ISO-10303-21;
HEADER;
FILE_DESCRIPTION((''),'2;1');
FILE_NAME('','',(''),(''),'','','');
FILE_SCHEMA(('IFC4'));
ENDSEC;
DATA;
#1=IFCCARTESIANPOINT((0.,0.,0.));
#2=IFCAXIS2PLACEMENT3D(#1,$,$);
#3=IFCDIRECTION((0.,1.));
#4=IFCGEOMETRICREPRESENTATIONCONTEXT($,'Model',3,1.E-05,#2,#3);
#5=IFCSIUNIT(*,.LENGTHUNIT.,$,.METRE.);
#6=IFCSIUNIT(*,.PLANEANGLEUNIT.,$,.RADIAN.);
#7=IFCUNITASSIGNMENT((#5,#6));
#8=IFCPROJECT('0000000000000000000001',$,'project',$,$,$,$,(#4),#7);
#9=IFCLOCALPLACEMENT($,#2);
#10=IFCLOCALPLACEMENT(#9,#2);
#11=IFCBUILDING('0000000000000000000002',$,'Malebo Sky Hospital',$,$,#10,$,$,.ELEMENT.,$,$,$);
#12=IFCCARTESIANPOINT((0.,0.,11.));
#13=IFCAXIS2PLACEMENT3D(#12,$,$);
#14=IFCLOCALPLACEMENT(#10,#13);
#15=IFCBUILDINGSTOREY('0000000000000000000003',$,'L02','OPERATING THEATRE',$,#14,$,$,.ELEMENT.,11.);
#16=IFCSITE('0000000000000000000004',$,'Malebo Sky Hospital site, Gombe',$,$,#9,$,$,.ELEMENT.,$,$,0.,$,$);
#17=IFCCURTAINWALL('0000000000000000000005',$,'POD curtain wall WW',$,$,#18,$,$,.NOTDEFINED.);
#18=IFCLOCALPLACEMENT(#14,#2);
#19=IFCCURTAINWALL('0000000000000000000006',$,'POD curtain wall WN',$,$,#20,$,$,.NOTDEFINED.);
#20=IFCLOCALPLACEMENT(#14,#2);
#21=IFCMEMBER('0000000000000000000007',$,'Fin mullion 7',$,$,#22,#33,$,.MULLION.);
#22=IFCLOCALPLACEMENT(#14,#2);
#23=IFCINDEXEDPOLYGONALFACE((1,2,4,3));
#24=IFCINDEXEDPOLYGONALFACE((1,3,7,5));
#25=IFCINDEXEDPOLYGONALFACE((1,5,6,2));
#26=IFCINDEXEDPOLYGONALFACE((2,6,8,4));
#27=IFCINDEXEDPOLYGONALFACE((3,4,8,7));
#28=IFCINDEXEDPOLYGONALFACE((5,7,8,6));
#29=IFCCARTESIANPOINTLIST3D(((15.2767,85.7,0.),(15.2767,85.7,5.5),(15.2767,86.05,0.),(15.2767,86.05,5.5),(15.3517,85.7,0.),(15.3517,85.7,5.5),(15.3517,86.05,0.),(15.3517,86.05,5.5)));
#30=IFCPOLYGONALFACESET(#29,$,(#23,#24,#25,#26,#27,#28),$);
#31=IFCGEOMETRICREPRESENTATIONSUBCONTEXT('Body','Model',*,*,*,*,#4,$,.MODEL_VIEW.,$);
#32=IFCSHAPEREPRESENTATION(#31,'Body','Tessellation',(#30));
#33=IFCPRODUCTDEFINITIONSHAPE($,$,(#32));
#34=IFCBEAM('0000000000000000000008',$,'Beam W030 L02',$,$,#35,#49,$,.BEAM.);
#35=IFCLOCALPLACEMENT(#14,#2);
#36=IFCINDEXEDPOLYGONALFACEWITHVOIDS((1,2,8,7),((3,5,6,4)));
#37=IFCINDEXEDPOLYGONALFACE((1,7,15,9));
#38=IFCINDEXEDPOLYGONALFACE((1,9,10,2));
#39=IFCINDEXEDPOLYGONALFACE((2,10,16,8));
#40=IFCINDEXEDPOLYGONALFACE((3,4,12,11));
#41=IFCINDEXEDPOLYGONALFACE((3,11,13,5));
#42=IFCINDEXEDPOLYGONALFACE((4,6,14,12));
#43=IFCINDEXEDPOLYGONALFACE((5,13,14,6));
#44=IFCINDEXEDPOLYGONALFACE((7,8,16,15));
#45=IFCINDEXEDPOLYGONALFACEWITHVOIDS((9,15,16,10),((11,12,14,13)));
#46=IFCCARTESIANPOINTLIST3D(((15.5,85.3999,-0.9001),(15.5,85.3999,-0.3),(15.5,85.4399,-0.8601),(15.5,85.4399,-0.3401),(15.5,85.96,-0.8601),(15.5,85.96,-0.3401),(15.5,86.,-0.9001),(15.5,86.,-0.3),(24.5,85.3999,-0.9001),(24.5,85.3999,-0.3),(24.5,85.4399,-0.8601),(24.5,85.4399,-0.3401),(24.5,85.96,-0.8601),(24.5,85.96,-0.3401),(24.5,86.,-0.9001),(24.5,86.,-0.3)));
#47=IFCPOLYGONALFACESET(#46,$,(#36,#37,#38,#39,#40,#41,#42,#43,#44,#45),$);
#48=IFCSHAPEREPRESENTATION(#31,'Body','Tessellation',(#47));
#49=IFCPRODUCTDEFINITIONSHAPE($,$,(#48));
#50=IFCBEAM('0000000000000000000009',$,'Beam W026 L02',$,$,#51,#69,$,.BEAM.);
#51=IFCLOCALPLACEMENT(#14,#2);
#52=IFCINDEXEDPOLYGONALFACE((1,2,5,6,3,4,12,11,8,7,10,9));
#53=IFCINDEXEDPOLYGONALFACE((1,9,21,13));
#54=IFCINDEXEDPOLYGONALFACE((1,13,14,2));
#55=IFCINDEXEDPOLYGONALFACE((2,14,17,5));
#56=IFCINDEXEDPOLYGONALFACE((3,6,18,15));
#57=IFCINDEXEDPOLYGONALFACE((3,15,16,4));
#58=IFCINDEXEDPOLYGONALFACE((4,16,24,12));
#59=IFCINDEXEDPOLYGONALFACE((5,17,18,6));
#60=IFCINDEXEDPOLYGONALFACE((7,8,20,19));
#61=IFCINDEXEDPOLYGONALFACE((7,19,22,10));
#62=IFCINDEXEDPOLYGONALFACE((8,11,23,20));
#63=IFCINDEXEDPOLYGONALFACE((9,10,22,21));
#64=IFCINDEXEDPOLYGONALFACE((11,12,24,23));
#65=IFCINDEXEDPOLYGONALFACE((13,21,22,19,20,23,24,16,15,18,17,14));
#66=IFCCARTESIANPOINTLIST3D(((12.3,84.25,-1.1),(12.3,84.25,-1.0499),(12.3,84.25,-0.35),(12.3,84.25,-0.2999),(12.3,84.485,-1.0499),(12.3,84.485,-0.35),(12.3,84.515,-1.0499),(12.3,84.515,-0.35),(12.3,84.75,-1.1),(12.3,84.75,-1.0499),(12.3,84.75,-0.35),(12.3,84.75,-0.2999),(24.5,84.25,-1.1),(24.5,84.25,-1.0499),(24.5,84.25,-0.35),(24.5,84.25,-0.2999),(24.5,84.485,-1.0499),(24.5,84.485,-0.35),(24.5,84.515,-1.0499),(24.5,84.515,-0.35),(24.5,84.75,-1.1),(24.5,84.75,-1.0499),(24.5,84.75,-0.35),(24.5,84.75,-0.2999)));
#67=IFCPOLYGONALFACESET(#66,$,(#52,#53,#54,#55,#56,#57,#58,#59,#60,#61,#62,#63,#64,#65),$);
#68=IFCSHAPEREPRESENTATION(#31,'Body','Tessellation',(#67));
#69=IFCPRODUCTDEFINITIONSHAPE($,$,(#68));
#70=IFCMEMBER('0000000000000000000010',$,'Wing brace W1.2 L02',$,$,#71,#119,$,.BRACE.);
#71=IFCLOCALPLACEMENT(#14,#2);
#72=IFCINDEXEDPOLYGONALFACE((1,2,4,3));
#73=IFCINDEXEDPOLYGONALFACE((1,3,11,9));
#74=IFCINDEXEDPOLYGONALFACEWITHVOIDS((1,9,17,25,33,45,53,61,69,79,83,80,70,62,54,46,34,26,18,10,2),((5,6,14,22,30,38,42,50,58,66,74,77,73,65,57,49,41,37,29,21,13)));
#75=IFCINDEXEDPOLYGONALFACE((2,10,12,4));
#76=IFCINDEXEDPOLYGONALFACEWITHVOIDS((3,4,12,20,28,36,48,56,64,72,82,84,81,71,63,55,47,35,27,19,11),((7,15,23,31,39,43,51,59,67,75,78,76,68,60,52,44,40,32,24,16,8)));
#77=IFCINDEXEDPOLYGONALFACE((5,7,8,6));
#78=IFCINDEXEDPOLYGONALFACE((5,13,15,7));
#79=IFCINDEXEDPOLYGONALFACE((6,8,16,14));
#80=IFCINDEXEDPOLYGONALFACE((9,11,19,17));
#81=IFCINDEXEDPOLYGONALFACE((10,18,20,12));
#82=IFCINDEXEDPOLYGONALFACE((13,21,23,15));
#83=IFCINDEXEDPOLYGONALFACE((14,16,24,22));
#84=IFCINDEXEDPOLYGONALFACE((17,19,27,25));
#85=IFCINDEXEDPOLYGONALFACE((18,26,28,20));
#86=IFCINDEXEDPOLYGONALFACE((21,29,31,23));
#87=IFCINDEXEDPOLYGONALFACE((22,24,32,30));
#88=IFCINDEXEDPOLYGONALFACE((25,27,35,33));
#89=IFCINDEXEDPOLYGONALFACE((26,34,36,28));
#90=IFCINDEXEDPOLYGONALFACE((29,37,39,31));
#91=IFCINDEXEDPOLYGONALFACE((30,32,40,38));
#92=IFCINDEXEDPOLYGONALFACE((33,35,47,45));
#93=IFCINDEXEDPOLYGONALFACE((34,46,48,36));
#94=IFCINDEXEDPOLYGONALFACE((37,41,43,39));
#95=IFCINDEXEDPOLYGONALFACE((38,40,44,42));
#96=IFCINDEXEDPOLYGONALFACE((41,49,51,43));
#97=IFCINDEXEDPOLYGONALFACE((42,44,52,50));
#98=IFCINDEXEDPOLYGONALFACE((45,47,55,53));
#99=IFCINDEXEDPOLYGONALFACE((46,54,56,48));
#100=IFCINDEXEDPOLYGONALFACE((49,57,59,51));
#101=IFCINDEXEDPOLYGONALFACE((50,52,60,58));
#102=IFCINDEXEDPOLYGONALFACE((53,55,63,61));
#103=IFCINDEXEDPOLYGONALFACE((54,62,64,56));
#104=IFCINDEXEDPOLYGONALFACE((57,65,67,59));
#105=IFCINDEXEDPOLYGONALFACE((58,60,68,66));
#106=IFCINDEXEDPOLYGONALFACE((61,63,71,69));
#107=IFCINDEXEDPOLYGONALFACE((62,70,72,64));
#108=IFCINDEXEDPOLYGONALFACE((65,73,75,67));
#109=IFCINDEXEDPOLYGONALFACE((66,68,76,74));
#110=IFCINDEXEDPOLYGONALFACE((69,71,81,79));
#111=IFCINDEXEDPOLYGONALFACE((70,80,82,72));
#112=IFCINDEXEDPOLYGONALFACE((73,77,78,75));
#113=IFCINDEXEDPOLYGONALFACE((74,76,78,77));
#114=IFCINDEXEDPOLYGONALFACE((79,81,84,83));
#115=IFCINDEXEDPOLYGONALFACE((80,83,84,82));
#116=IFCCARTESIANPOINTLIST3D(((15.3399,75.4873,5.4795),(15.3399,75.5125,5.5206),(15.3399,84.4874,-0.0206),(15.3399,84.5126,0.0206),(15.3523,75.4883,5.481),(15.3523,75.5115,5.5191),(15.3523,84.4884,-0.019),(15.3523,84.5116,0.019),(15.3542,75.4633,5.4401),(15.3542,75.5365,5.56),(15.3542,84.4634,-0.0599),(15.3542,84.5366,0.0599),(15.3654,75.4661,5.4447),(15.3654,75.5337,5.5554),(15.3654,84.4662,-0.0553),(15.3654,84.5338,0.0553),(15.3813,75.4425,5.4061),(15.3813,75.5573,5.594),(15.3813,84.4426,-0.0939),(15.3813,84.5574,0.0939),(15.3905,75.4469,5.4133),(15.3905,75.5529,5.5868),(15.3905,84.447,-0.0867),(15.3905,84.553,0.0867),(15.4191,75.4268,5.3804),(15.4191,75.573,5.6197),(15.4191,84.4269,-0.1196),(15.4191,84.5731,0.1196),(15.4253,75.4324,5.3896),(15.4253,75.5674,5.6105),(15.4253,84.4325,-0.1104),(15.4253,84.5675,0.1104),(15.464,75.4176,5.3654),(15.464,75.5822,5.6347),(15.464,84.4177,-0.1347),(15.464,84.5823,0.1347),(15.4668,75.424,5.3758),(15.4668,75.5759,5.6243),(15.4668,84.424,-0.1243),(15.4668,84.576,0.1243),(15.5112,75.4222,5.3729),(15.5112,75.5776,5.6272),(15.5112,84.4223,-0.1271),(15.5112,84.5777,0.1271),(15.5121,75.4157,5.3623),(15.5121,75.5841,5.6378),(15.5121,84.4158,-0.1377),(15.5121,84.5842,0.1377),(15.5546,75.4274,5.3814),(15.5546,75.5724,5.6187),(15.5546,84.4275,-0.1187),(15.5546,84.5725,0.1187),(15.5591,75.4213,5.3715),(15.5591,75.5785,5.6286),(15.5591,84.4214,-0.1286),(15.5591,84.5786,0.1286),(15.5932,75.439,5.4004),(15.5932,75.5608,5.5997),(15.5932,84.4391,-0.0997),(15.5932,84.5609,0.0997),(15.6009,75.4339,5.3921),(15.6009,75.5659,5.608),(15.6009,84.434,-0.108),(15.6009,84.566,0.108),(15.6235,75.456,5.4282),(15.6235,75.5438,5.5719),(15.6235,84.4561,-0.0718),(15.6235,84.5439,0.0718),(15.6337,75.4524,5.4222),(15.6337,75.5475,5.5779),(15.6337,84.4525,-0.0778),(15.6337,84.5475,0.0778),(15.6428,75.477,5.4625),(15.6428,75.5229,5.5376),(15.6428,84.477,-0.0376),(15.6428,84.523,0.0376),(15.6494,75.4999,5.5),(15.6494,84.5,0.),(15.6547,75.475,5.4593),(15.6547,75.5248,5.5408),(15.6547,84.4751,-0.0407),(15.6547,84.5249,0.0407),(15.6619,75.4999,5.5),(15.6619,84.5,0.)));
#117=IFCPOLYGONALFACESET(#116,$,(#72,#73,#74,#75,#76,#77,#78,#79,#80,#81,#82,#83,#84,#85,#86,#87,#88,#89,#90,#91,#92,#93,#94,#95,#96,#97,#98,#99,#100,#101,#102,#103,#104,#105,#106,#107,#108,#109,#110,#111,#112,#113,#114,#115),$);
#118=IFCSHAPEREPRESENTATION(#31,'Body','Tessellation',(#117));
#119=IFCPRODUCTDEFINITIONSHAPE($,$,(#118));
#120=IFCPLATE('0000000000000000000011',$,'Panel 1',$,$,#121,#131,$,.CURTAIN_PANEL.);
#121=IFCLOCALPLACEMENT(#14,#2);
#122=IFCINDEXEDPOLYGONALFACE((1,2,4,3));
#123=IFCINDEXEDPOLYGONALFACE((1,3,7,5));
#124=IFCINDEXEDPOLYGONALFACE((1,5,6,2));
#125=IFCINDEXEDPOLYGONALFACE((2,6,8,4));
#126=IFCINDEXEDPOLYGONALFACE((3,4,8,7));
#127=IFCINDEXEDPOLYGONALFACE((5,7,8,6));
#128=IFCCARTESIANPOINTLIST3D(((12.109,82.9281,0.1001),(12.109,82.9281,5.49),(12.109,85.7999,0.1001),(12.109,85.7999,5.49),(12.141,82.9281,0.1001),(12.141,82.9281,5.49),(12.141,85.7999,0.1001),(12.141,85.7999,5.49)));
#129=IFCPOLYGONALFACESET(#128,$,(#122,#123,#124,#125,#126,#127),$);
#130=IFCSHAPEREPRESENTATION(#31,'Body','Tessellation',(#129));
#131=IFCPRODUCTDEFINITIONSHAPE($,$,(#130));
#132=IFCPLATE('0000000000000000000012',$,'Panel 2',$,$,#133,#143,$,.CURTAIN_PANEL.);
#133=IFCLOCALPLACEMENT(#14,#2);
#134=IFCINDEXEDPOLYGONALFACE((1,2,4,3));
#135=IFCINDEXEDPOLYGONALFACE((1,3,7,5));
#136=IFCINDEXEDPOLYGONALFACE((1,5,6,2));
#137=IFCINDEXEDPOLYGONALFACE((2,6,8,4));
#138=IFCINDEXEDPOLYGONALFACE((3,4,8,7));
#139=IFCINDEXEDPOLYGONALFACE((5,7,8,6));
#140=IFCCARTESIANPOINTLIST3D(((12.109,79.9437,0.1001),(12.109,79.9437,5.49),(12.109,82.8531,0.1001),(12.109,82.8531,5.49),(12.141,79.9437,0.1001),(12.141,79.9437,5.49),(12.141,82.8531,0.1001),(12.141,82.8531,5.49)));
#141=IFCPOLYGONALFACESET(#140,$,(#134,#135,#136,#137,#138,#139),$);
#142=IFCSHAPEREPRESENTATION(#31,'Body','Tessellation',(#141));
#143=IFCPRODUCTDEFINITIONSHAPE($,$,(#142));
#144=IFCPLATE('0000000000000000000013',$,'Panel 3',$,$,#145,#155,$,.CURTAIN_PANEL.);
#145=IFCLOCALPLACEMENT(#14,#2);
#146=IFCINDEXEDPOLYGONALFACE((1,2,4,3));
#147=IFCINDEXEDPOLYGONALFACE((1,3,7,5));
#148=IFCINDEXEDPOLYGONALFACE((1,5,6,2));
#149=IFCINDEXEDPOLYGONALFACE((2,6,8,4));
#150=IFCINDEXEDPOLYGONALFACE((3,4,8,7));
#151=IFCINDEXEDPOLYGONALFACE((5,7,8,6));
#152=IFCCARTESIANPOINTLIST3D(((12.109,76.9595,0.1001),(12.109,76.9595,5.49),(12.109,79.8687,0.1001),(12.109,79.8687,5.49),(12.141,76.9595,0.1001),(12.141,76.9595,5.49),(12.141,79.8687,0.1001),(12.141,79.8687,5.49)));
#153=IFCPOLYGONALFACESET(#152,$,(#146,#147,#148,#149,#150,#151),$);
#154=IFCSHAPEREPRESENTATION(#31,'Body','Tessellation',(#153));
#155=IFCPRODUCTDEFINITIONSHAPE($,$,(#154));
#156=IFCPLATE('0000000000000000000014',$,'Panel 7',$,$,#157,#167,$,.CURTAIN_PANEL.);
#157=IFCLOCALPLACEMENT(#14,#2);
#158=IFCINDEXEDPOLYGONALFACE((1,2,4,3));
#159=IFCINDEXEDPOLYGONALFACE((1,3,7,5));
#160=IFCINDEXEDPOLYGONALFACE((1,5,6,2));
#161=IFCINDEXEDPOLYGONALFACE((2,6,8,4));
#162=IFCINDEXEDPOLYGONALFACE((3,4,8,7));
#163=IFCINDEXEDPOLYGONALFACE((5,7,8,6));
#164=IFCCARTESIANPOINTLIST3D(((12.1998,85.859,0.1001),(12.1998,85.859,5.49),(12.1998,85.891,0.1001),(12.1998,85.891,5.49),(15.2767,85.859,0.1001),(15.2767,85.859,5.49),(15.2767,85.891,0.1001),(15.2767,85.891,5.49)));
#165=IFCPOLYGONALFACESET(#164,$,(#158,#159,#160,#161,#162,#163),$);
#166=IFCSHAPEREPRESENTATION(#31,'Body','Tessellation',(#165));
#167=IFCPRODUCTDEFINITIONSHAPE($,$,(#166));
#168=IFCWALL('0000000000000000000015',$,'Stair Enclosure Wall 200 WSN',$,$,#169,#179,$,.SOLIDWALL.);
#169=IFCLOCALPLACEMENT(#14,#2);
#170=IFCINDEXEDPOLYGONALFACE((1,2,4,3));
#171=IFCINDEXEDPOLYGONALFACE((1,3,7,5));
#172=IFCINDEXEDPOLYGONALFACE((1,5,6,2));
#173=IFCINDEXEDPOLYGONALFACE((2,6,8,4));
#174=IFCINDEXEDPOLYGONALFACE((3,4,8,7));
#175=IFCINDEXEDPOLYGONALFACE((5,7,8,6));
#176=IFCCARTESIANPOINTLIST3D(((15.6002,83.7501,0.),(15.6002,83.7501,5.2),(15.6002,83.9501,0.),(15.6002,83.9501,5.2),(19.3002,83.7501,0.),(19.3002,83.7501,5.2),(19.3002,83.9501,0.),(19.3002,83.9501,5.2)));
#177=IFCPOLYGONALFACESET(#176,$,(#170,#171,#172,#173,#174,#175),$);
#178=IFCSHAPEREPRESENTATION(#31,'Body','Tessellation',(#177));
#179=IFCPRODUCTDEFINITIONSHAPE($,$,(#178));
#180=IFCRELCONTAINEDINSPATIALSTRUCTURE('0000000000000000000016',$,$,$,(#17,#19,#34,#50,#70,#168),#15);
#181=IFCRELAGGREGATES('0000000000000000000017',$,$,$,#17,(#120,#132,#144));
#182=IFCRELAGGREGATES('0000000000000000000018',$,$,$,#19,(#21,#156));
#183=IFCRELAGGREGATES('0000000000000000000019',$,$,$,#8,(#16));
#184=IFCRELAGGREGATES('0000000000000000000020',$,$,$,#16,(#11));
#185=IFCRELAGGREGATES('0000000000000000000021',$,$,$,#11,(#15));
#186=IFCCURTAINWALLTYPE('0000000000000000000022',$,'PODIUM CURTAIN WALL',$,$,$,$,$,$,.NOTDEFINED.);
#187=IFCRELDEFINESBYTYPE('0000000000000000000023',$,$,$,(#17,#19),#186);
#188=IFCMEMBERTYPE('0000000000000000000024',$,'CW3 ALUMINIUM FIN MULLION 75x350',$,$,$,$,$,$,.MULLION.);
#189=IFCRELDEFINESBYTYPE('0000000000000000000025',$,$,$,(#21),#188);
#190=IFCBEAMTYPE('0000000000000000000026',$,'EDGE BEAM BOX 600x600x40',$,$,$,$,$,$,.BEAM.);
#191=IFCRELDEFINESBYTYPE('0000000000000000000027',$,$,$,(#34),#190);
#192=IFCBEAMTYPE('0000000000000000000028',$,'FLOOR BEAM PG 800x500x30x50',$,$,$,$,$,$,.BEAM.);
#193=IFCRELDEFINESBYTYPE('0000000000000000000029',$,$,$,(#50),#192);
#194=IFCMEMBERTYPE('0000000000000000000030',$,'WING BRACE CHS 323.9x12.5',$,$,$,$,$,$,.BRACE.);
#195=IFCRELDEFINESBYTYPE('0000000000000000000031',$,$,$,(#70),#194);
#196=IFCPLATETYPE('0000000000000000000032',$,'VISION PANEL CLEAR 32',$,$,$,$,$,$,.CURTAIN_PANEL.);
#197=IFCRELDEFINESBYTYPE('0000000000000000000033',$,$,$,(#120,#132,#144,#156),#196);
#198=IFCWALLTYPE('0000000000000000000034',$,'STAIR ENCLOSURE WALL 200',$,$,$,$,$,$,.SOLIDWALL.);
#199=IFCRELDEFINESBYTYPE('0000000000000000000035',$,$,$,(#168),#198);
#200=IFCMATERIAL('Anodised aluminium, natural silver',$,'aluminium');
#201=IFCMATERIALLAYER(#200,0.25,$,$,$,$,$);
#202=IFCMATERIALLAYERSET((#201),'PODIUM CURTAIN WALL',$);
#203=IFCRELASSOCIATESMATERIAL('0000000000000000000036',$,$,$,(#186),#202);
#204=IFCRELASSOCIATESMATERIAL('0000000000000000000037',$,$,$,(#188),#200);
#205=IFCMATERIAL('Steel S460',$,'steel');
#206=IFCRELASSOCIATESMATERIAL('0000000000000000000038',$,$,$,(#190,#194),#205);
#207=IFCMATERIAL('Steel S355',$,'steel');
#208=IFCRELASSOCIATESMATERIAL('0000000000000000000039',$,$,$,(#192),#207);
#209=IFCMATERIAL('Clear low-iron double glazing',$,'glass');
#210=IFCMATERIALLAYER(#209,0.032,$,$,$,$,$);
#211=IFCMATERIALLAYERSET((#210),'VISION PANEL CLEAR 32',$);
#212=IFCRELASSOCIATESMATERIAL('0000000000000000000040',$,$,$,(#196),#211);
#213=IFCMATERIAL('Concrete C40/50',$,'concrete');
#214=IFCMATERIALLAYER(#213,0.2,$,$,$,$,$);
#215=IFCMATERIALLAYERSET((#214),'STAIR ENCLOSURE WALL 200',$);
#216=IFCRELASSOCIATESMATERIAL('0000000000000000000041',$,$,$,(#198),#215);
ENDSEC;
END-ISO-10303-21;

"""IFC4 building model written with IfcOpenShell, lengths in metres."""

from ifc_helpers import new_model, si_unit, direction, frame, frame_2d, origin, origin_2d, place, context, subcontext, project, spatial, rectangle, hollow_rectangle, hollow_circle, i_section, extrude, material, layer, layer_set, material_profile, profile_set, type_object, element, aggregate, save


model = new_model("IFC4")

# Units and contexts
model_context = context("Model", 3, precision=1e-05, world=origin(), true_north=direction((0.0, 1.0)))
body_context = subcontext(model_context, "Body", "Model", "MODEL_VIEW")
ifc_project = project(units=[si_unit("LENGTHUNIT", "METRE"), si_unit("PLANEANGLEUNIT", "RADIAN")], contexts=[model_context])

# Site, building, storey
site_placement = place(None, origin())
site = spatial("IfcSite", under=ifc_project, at=site_placement, Name="Malebo Sky Hospital site, Gombe", CompositionType="ELEMENT", RefElevation=0.0)
building_placement = place(site_placement, origin())
building = spatial("IfcBuilding", under=site, at=building_placement, Name="Malebo Sky Hospital", CompositionType="ELEMENT")
storey_placement = place(building_placement, frame((0.0, 0.0, 11.0)))
storey = spatial("IfcBuildingStorey", under=building, at=storey_placement, Name="L02", Description="OPERATING THEATRE", CompositionType="ELEMENT", Elevation=11.0)

# Shared definitions
ifc_material_1 = material(Name="Steel S355", Category="steel")

# Curtain wall
ifc_material_2 = material(Name="Anodised aluminium, natural silver", Category="aluminium")
ifc_layer_1 = layer(ifc_material_2, 0.25)
ifc_layer_set_1 = layer_set([ifc_layer_1], Name="PODIUM CURTAIN WALL")
curtain_wall_type = type_object("IfcCurtainWallType", Name="PODIUM CURTAIN WALL", PredefinedType="NOTDEFINED", material=ifc_layer_set_1)
curtain_wall_1_placement = place(storey_placement, origin())
curtain_wall_1 = element("IfcCurtainWall", 1, at=curtain_wall_1_placement, inside=storey, type_object=curtain_wall_type, Name="POD curtain wall WW", PredefinedType="NOTDEFINED")

# Curtain wall
curtain_wall_2_placement = place(storey_placement, origin())
curtain_wall_2 = element("IfcCurtainWall", 2, at=curtain_wall_2_placement, inside=storey, type_object=curtain_wall_type, Name="POD curtain wall WN", PredefinedType="NOTDEFINED")

# Member
ifc_material_profile_1 = material_profile(ifc_material_2, rectangle(XDim=0.075, YDim=0.3501, at=origin_2d()), Name="CW3 ALUMINIUM FIN MULLION 75x350")
ifc_profile_set_1 = profile_set([ifc_material_profile_1], Name="Anodised aluminium, natural silver")
member_type_1 = type_object("IfcMemberType", Name="CW3 ALUMINIUM FIN MULLION 75x350", PredefinedType="MULLION", material=ifc_profile_set_1)
member_1_placement = place(storey_placement, frame((15.3142, 85.875, 0.0), z_axis=(0.0, 0.0, 1.0), x_axis=(-1.0, 0.0, 0.0)))
member_1 = element("IfcMember", 3, at=member_1_placement, type_object=member_type_1, Name="Fin mullion 7", PredefinedType="MULLION", context=body_context, shape_type="SweptSolid", body=[
    extrude(rectangle(XDim=0.075, YDim=0.3501, at=origin_2d()), origin(), (0.0, 0.0, 1.0), 5.5),
])

# Beams
ifc_material_3 = material(Name="Steel S460", Category="steel")
ifc_material_profile_2 = material_profile(ifc_material_3, hollow_rectangle(XDim=0.6001, YDim=0.6001, WallThickness=0.04, at=origin_2d()), Name="BOX 600x600x40")
ifc_profile_set_2 = profile_set([ifc_material_profile_2], Name="Steel S460")
beam_type_1 = type_object("IfcBeamType", Name="EDGE BEAM BOX 600x600x40", PredefinedType="BEAM", material=ifc_profile_set_2)
beam_1_placement = place(storey_placement, frame((15.5, 85.7, -0.6001), z_axis=(1.0, 0.0, 0.0), x_axis=(0.0, 1.0, 0.0)))
element("IfcBeam", 4, at=beam_1_placement, inside=storey, type_object=beam_type_1, Name="Beam W030 L02", PredefinedType="BEAM", context=body_context, shape_type="SweptSolid", body=[
    extrude(hollow_rectangle(XDim=0.6001, YDim=0.6001, WallThickness=0.04, at=origin_2d()), origin(), (0.0, 0.0, 1.0), 9.0),
])
ifc_material_profile_3 = material_profile(ifc_material_1, i_section(OverallWidth=0.5, OverallDepth=0.8, WebThickness=0.03, FlangeThickness=0.05, at=origin_2d()), Name="PG 800x500x30x50")
ifc_profile_set_3 = profile_set([ifc_material_profile_3], Name="Steel S355")
beam_type_2 = type_object("IfcBeamType", Name="FLOOR BEAM PG 800x500x30x50", PredefinedType="BEAM", material=ifc_profile_set_3)
beam_2_placement = place(storey_placement, frame((12.3, 84.5, -0.7), z_axis=(1.0, 0.0, 0.0), x_axis=(0.0, 1.0, 0.0)))
element("IfcBeam", 5, at=beam_2_placement, inside=storey, type_object=beam_type_2, Name="Beam W026 L02", PredefinedType="BEAM", context=body_context, shape_type="SweptSolid", body=[
    extrude(i_section(OverallWidth=0.5, OverallDepth=0.8, WebThickness=0.03, FlangeThickness=0.05, at=origin_2d()), origin(), (0.0, 0.0, 1.0), 12.2),
])

# Member
ifc_material_profile_4 = material_profile(ifc_material_3, hollow_circle(Radius=0.1619, WallThickness=0.0125, at=origin_2d()), Name="CHS 323.9x12.5")
ifc_profile_set_4 = profile_set([ifc_material_profile_4], Name="Steel S460")
member_type_2 = type_object("IfcMemberType", Name="WING BRACE CHS 323.9x12.5", PredefinedType="BRACE", material=ifc_profile_set_4)
member_2_placement = place(storey_placement, frame((15.5, 84.5, 0.0), z_axis=(0.0, -0.853282, 0.52145), x_axis=(1.0, 0.0, 0.0)))
element("IfcMember", 6, at=member_2_placement, inside=storey, type_object=member_type_2, Name="Wing brace W1.2 L02", PredefinedType="BRACE", context=body_context, shape_type="SweptSolid", body=[
    extrude(hollow_circle(Radius=0.1619, WallThickness=0.0125, at=origin_2d()), origin(), (0.0, 0.0, 1.0), 10.5476),
])

# Plates
ifc_material_4 = material(Name="Clear low-iron double glazing", Category="glass")
ifc_layer_2 = layer(ifc_material_4, 0.032)
ifc_layer_set_2 = layer_set([ifc_layer_2], Name="VISION PANEL CLEAR 32")
plate_type = type_object("IfcPlateType", Name="VISION PANEL CLEAR 32", PredefinedType="CURTAIN_PANEL", material=ifc_layer_set_2)
plate_1_placement = place(storey_placement, frame((12.125, 84.364, 0.1001), z_axis=(0.0, 0.0, 1.0), x_axis=(0.0, -1.0, 0.0)))
plate_1 = element("IfcPlate", 7, at=plate_1_placement, type_object=plate_type, Name="Panel 1", PredefinedType="CURTAIN_PANEL", context=body_context, shape_type="SweptSolid", body=[
    extrude(rectangle(XDim=2.8718, YDim=0.032, at=origin_2d()), origin(), (0.0, 0.0, 1.0), 5.3899),
])
plate_2_placement = place(storey_placement, frame((12.125, 81.3984, 0.1001), z_axis=(0.0, 0.0, 1.0), x_axis=(0.0, -1.0, 0.0)))
plate_2 = element("IfcPlate", 8, at=plate_2_placement, type_object=plate_type, Name="Panel 2", PredefinedType="CURTAIN_PANEL", context=body_context, shape_type="SweptSolid", body=[
    extrude(rectangle(XDim=2.9094, YDim=0.032, at=origin_2d()), origin(), (0.0, 0.0, 1.0), 5.3899),
])
plate_3_placement = place(storey_placement, frame((12.125, 78.4141, 0.1001), z_axis=(0.0, 0.0, 1.0), x_axis=(0.0, -1.0, 0.0)))
plate_3 = element("IfcPlate", 9, at=plate_3_placement, type_object=plate_type, Name="Panel 3", PredefinedType="CURTAIN_PANEL", context=body_context, shape_type="SweptSolid", body=[
    extrude(rectangle(XDim=2.9092, YDim=0.032, at=origin_2d()), origin(), (0.0, 0.0, 1.0), 5.3899),
])
aggregate(curtain_wall_1, [plate_1, plate_2, plate_3])
plate_4_placement = place(storey_placement, frame((13.7383, 85.875, 0.1001), z_axis=(0.0, 0.0, 1.0), x_axis=(-1.0, 0.0, 0.0)))
plate_4 = element("IfcPlate", 10, at=plate_4_placement, type_object=plate_type, Name="Panel 7", PredefinedType="CURTAIN_PANEL", context=body_context, shape_type="SweptSolid", body=[
    extrude(rectangle(XDim=3.0769, YDim=0.032, at=origin_2d()), origin(), (0.0, 0.0, 1.0), 5.3899),
])
aggregate(curtain_wall_2, [member_1, plate_4])

# Wall
ifc_material_5 = material(Name="Concrete C40/50", Category="concrete")
ifc_layer_3 = layer(ifc_material_5, 0.2)
ifc_layer_set_3 = layer_set([ifc_layer_3], Name="STAIR ENCLOSURE WALL 200")
wall_type = type_object("IfcWallType", Name="STAIR ENCLOSURE WALL 200", PredefinedType="SOLIDWALL", material=ifc_layer_set_3)
wall_placement = place(storey_placement, frame((15.6001, 83.8501, 0.0), z_axis=(0.0, 0.0, 1.0), x_axis=(1.0, 0.0, 0.0)))
element("IfcWall", 11, at=wall_placement, inside=storey, type_object=wall_type, Name="Stair Enclosure Wall 200 WSN", PredefinedType="SOLIDWALL", context=body_context, shape_type="SweptSolid", body=[
    extrude(rectangle(XDim=3.7, YDim=0.2, at=frame_2d((1.8501, 0.0))), origin(), (0.0, 0.0, 1.0), 5.2),
])

save(model, "model.ifc")
